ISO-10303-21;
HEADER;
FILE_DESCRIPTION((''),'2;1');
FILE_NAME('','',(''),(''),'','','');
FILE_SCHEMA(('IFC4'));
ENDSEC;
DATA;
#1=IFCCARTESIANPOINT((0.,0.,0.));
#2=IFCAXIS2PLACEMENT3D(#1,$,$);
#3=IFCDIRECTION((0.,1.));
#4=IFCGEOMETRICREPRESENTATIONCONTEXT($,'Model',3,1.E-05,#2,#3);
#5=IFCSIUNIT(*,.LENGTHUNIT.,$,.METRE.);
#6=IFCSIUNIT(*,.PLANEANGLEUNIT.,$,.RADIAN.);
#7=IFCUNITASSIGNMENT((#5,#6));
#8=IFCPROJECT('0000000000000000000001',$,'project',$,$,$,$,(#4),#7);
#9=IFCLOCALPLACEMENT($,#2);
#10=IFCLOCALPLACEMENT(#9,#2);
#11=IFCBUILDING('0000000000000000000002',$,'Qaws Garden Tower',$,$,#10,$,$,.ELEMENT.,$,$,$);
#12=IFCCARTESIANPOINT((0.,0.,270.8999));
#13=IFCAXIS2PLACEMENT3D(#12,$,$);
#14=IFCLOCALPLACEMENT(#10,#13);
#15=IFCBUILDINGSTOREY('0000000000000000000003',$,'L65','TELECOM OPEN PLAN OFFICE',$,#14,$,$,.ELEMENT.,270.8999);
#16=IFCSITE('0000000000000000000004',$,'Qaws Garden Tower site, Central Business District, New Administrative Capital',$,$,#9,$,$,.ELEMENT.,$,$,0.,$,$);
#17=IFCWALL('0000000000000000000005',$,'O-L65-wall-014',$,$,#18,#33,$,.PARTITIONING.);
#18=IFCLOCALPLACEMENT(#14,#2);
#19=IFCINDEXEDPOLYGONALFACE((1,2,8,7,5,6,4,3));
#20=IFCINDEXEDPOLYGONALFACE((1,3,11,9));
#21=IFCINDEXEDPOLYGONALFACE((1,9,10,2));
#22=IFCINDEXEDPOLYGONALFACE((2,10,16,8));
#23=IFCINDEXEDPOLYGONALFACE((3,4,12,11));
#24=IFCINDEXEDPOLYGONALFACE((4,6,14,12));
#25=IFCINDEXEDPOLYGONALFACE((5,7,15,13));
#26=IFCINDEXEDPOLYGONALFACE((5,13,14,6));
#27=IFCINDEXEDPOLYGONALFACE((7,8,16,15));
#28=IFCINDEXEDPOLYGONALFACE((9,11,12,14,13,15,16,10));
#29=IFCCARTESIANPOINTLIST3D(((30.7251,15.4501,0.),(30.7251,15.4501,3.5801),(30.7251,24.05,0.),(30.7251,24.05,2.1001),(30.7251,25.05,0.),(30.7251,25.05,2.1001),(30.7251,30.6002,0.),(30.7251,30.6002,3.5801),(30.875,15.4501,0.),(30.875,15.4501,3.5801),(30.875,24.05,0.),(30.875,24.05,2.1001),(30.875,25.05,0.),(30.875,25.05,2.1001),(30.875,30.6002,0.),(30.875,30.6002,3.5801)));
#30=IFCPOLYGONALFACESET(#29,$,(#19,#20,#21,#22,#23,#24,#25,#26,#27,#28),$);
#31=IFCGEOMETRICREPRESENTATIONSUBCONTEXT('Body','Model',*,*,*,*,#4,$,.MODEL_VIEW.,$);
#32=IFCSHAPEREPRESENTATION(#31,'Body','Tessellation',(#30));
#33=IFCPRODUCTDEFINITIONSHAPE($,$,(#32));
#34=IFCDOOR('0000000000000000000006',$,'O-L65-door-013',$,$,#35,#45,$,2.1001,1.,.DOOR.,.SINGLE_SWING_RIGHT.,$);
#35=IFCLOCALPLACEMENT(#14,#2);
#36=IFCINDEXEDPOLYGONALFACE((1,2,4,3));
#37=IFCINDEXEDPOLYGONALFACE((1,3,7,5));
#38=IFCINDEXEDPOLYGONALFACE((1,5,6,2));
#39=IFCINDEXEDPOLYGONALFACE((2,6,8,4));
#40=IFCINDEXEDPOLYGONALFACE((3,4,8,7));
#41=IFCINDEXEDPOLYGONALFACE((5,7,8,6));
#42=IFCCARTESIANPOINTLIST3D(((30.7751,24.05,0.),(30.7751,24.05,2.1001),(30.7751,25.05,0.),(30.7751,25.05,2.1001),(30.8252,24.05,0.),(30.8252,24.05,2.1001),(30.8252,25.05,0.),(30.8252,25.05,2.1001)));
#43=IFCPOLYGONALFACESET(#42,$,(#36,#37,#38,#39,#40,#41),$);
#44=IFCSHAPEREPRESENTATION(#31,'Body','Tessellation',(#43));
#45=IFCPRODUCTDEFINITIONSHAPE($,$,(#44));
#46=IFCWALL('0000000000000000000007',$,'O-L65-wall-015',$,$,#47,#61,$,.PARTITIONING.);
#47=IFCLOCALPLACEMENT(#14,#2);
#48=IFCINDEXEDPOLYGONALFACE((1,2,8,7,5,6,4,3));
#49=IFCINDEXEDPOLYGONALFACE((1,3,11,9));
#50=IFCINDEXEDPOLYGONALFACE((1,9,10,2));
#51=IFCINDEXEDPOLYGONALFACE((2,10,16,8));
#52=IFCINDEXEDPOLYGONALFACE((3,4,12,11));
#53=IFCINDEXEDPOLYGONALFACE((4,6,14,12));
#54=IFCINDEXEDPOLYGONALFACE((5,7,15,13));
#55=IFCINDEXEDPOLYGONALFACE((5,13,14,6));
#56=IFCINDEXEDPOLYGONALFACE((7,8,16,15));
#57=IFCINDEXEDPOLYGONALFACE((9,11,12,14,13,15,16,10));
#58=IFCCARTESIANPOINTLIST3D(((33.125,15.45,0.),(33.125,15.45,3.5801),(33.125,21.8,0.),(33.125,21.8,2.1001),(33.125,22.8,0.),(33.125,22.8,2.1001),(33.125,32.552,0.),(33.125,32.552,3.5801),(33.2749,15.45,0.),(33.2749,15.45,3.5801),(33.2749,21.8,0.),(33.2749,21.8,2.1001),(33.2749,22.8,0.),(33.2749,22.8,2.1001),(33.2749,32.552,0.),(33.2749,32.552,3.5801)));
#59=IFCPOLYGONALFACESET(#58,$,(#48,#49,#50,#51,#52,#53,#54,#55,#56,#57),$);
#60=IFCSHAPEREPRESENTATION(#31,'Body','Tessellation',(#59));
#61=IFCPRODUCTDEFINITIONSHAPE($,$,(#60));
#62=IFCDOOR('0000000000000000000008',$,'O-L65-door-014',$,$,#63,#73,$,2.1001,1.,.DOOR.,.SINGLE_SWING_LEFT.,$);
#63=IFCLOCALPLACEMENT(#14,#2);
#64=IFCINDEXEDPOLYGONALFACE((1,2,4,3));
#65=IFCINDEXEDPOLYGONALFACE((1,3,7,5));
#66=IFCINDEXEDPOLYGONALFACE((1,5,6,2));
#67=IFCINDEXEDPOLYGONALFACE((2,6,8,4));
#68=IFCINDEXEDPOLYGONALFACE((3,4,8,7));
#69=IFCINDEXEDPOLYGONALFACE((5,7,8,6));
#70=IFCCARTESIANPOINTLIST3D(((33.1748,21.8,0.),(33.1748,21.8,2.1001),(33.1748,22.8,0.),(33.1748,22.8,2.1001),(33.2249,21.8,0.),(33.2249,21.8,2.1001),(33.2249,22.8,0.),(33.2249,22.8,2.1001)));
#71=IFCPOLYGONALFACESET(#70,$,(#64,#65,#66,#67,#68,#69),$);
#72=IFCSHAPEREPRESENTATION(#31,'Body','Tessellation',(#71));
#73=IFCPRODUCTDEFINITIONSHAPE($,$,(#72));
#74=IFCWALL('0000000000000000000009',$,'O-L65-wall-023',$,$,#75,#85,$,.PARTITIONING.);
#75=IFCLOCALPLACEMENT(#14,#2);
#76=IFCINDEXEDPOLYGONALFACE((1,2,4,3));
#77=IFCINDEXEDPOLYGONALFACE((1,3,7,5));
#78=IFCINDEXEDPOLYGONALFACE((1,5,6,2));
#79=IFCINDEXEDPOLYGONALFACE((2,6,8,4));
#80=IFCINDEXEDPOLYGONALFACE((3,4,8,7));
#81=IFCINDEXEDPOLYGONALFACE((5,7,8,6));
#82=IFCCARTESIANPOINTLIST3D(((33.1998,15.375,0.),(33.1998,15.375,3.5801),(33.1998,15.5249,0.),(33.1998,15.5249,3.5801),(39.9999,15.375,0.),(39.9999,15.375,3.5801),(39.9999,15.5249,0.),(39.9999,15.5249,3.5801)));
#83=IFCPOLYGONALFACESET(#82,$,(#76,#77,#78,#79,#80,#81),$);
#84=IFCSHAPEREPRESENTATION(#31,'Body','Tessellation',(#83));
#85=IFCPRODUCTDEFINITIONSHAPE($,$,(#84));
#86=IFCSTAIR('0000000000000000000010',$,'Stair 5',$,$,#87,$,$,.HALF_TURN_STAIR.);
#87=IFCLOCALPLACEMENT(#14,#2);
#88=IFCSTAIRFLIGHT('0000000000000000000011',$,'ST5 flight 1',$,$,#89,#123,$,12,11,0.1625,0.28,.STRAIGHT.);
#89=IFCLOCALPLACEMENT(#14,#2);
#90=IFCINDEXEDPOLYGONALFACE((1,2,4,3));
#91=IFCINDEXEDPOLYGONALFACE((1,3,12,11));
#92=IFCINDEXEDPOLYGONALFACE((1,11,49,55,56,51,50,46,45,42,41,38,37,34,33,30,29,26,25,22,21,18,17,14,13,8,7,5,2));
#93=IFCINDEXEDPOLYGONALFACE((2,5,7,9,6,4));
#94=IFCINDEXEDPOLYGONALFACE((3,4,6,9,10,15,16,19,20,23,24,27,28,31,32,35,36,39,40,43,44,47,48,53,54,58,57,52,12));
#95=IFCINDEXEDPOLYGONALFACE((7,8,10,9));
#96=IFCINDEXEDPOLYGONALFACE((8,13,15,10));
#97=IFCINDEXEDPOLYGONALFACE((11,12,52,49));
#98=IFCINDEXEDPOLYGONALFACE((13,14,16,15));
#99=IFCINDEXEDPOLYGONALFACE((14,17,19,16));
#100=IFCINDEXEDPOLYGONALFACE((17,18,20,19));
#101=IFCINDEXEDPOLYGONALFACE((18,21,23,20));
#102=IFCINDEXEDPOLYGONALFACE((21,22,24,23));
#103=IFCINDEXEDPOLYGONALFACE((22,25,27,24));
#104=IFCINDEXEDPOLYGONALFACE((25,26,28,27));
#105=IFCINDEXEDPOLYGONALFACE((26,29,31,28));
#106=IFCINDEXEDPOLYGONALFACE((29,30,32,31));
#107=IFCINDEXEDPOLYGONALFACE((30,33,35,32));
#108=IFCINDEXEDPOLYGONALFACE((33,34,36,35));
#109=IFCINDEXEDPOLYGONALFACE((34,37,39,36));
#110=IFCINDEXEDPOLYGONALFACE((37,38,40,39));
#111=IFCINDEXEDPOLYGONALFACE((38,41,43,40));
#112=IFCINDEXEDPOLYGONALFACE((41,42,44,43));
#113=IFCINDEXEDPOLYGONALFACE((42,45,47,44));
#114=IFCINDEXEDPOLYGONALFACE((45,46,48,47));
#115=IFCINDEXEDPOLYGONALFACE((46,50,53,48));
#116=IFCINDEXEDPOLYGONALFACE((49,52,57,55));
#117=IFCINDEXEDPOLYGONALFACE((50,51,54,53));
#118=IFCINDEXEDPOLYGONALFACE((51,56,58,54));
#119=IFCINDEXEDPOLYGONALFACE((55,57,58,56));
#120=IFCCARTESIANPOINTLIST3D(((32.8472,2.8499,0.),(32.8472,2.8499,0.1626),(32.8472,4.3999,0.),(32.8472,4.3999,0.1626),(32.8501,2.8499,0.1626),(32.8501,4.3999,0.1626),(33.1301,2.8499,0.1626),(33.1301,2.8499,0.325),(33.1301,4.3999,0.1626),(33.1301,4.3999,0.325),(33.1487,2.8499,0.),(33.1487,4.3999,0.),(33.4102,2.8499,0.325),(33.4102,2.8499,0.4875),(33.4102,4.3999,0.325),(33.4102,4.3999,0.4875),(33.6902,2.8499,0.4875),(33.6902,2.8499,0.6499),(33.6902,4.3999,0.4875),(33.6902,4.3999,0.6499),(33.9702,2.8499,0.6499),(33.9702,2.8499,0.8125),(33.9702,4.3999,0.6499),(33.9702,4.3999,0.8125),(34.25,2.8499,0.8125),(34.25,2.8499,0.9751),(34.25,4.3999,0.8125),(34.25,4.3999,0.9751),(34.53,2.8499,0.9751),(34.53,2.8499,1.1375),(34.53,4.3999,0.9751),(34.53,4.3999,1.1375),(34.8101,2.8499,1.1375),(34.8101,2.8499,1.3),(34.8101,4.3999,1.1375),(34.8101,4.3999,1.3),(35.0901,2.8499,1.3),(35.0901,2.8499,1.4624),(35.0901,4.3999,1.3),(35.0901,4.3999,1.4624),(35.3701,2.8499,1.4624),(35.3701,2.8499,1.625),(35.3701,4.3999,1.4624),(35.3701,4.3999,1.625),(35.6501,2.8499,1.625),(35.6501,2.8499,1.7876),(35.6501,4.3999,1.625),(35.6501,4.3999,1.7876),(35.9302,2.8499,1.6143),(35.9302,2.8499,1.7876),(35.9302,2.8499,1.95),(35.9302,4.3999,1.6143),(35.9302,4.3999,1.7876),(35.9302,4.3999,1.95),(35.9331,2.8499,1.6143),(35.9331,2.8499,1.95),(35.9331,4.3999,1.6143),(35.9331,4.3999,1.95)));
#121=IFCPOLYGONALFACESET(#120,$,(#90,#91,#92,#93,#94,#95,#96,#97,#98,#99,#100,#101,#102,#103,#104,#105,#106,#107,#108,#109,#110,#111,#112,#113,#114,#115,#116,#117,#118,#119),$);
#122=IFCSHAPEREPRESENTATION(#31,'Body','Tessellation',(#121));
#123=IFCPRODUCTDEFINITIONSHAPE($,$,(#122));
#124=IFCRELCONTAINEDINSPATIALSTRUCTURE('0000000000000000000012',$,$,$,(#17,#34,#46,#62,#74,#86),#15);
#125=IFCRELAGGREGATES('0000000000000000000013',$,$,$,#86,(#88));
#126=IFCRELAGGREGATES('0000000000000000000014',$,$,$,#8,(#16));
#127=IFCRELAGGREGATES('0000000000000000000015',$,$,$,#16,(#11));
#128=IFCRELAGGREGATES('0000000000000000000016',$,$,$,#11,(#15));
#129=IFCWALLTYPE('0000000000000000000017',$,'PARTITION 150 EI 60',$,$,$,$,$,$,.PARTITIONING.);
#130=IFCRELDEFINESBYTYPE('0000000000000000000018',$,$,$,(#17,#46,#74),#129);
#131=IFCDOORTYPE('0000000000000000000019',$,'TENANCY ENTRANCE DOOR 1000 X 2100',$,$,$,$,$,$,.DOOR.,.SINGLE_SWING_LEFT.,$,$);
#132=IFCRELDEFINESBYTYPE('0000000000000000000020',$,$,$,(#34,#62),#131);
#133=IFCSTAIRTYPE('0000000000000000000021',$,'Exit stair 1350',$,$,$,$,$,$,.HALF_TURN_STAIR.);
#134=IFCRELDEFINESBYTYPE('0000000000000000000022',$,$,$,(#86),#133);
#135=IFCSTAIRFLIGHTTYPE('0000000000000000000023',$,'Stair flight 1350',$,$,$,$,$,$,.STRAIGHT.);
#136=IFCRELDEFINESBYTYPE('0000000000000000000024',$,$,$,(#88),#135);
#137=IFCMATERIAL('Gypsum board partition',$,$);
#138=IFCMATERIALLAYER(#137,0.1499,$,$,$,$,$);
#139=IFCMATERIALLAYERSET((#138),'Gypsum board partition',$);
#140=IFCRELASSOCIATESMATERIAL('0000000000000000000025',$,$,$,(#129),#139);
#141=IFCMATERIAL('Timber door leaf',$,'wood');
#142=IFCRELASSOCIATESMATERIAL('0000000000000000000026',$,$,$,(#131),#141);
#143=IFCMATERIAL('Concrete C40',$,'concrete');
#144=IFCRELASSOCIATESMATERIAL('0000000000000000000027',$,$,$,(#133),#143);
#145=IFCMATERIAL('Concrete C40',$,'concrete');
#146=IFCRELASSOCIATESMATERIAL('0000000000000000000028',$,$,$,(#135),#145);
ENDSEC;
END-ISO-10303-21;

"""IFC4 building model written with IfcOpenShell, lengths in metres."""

from ifc_helpers import new_model, si_unit, direction, frame, frame_2d, origin, place, context, subcontext, project, spatial, polyline, rectangle, outline, extrude, material, layer, layer_set, type_object, element, fill, aggregate, save


model = new_model("IFC4")

# Units and contexts
model_context = context("Model", 3, precision=1e-05, world=origin(), true_north=direction((0.0, 1.0)))
body_context = subcontext(model_context, "Body", "Model", "MODEL_VIEW")
ifc_project = project(units=[si_unit("LENGTHUNIT", "METRE"), si_unit("PLANEANGLEUNIT", "RADIAN")], contexts=[model_context])

# Site, building, storey
site_placement = place(None, origin())
site = spatial("IfcSite", under=ifc_project, at=site_placement, Name="Qaws Garden Tower site, Central Business District, New Administrative Capital", CompositionType="ELEMENT", RefElevation=0.0)
building_placement = place(site_placement, origin())
building = spatial("IfcBuilding", under=site, at=building_placement, Name="Qaws Garden Tower", CompositionType="ELEMENT")
storey_placement = place(building_placement, frame((0.0, 0.0, 270.8999)))
storey = spatial("IfcBuildingStorey", under=building, at=storey_placement, Name="L65", Description="TELECOM OPEN PLAN OFFICE", CompositionType="ELEMENT", Elevation=270.8999)

# Walls, openings, doors
ifc_material_1 = material(Name="Gypsum board partition")
ifc_layer_1 = layer(ifc_material_1, 0.1499)
ifc_layer_set_1 = layer_set([ifc_layer_1], Name="Gypsum board partition")
wall_type_1 = type_object("IfcWallType", Name="PARTITION 150 EI 60", PredefinedType="PARTITIONING", material=ifc_layer_set_1)
ifc_material_2 = material(Name="Timber door leaf", Category="wood")
door_type_1 = type_object("IfcDoorType", Name="TENANCY ENTRANCE DOOR 1000 X 2100", OperationType="SINGLE_SWING_LEFT", PredefinedType="DOOR", material=ifc_material_2)
wall_1_placement = place(storey_placement, frame((30.8, 15.45, 0.0), z_axis=(0.0, 0.0, 1.0), x_axis=(0.0, 1.0, 0.0)))
wall_1 = element("IfcWall", 1, at=wall_1_placement, inside=storey, type_object=wall_type_1, Name="O-L65-wall-014", PredefinedType="PARTITIONING", context=body_context, shape_type="SweptSolid", body=[
    extrude(rectangle(XDim=15.1501, YDim=0.1499, at=frame_2d((7.5752, 0.0))), origin(), (0.0, 0.0, 1.0), 3.5801),
])
opening_1_placement = place(wall_1_placement, frame((8.6001, 0.0, 0.0)))
opening_1 = element("IfcOpeningElement", 2, at=opening_1_placement, cuts=wall_1, PredefinedType="OPENING", context=body_context, shape_type="SweptSolid", body=[
    extrude(rectangle(XDim=1.0, YDim=2.1001, at=frame_2d((0.5, 1.05))), frame((0.0, 0.085, 0.0), z_axis=(0.0, -1.0, 0.0), x_axis=(1.0, 0.0, 0.0)), (0.0, 0.0, 1.0), 0.1699),
])
door_1_placement = place(opening_1_placement, origin())
door_1 = element("IfcDoor", 3, at=door_1_placement, inside=storey, type_object=door_type_1, Name="O-L65-door-013", OperationType="SINGLE_SWING_RIGHT", OverallHeight=2.1001, OverallWidth=1.0, PredefinedType="DOOR", context=body_context, shape_type="SweptSolid", body=[
    extrude(rectangle(XDim=1.0, YDim=2.1001, at=frame_2d((0.5, 1.05))), frame((0.0, 0.0249, 0.0), z_axis=(0.0, -1.0, 0.0), x_axis=(1.0, 0.0, 0.0)), (0.0, 0.0, 1.0), 0.05),
])
fill(opening_1, door_1)
wall_2_placement = place(storey_placement, frame((33.2, 15.45, 0.0), z_axis=(0.0, 0.0, 1.0), x_axis=(0.0, 1.0, 0.0)))
wall_2 = element("IfcWall", 4, at=wall_2_placement, inside=storey, type_object=wall_type_1, Name="O-L65-wall-015", PredefinedType="PARTITIONING", context=body_context, shape_type="SweptSolid", body=[
    extrude(rectangle(XDim=17.1021, YDim=0.1499, at=frame_2d((8.551, 0.0))), origin(), (0.0, 0.0, 1.0), 3.5801),
])
opening_2_placement = place(wall_2_placement, frame((6.3501, 0.0, 0.0)))
opening_2 = element("IfcOpeningElement", 5, at=opening_2_placement, cuts=wall_2, PredefinedType="OPENING", context=body_context, shape_type="SweptSolid", body=[
    extrude(rectangle(XDim=1.0, YDim=2.1001, at=frame_2d((0.5, 1.05))), frame((0.0, 0.085, 0.0), z_axis=(0.0, -1.0, 0.0), x_axis=(1.0, 0.0, 0.0)), (0.0, 0.0, 1.0), 0.1699),
])
door_2_placement = place(opening_2_placement, frame((1.0, 0.0, 0.0), z_axis=(0.0, 0.0, 1.0), x_axis=(-1.0, 0.0, 0.0)))
door_2 = element("IfcDoor", 6, at=door_2_placement, inside=storey, type_object=door_type_1, Name="O-L65-door-014", OperationType="SINGLE_SWING_LEFT", OverallHeight=2.1001, OverallWidth=1.0, PredefinedType="DOOR", context=body_context, shape_type="SweptSolid", body=[
    extrude(rectangle(XDim=1.0, YDim=2.1001, at=frame_2d((0.5, 1.05))), frame((0.0, 0.0249, 0.0), z_axis=(0.0, -1.0, 0.0), x_axis=(1.0, 0.0, 0.0)), (0.0, 0.0, 1.0), 0.05),
])
fill(opening_2, door_2)

# Wall
wall_3_placement = place(storey_placement, frame((33.2, 15.45, 0.0), z_axis=(0.0, 0.0, 1.0), x_axis=(1.0, 0.0, 0.0)))
element("IfcWall", 7, at=wall_3_placement, inside=storey, type_object=wall_type_1, Name="O-L65-wall-023", PredefinedType="PARTITIONING", context=body_context, shape_type="SweptSolid", body=[
    extrude(rectangle(XDim=6.8, YDim=0.1499, at=frame_2d((3.3999, 0.0))), origin(), (0.0, 0.0, 1.0), 3.5801),
])

# Stair, stair flight
ifc_material_3 = material(Name="Concrete C40", Category="concrete")
stair_type = type_object("IfcStairType", Name="Exit stair 1350", PredefinedType="HALF_TURN_STAIR", material=ifc_material_3)
stair_placement = place(storey_placement, origin())
stair = element("IfcStair", 8, at=stair_placement, inside=storey, type_object=stair_type, Name="Stair 5", PredefinedType="HALF_TURN_STAIR")
ifc_material_4 = material(Name="Concrete C40", Category="concrete")
stair_flight_type = type_object("IfcStairFlightType", Name="Stair flight 1350", PredefinedType="STRAIGHT", material=ifc_material_4)
stair_flight_placement = place(storey_placement, frame((32.8501, 3.625, 0.0), z_axis=(0.0, 0.0, 1.0), x_axis=(1.0, 0.0, 0.0)))
stair_flight = element("IfcStairFlight", 9, at=stair_flight_placement, type_object=stair_flight_type, Name="ST5 flight 1", NumberOfRisers=12, NumberOfTreads=11, PredefinedType="STRAIGHT", RiserHeight=0.1625, TreadLength=0.28, context=body_context, shape_type="SweptSolid", body=[
    extrude(outline(polyline([(-0.0029, 0.0), (-0.0029, 0.1626), (0.0, 0.1626), (0.28, 0.1626), (0.28, 0.325), (0.5601, 0.325), (0.5601, 0.4875), (0.8401, 0.4875), (0.8401, 0.6499), (1.1201, 0.6499), (1.1201, 0.8125), (1.3999, 0.8125), (1.3999, 0.9751), (1.6799, 0.9751), (1.6799, 1.1375), (1.96, 1.1375), (1.96, 1.3), (2.24, 1.3), (2.24, 1.4624), (2.52, 1.4624), (2.52, 1.625), (2.8, 1.625), (2.8, 1.7876), (3.0801, 1.7876), (3.0801, 1.95), (3.083, 1.95), (3.083, 1.6143), (3.0801, 1.6143), (0.2986, 0.0), (-0.0029, 0.0)])), frame((0.0, 0.7749, 0.0), z_axis=(0.0, -1.0, 0.0), x_axis=(1.0, 0.0, 0.0)), (0.0, 0.0, 1.0), 1.55),
])
aggregate(stair, [stair_flight])

save(model, "model.ifc")
